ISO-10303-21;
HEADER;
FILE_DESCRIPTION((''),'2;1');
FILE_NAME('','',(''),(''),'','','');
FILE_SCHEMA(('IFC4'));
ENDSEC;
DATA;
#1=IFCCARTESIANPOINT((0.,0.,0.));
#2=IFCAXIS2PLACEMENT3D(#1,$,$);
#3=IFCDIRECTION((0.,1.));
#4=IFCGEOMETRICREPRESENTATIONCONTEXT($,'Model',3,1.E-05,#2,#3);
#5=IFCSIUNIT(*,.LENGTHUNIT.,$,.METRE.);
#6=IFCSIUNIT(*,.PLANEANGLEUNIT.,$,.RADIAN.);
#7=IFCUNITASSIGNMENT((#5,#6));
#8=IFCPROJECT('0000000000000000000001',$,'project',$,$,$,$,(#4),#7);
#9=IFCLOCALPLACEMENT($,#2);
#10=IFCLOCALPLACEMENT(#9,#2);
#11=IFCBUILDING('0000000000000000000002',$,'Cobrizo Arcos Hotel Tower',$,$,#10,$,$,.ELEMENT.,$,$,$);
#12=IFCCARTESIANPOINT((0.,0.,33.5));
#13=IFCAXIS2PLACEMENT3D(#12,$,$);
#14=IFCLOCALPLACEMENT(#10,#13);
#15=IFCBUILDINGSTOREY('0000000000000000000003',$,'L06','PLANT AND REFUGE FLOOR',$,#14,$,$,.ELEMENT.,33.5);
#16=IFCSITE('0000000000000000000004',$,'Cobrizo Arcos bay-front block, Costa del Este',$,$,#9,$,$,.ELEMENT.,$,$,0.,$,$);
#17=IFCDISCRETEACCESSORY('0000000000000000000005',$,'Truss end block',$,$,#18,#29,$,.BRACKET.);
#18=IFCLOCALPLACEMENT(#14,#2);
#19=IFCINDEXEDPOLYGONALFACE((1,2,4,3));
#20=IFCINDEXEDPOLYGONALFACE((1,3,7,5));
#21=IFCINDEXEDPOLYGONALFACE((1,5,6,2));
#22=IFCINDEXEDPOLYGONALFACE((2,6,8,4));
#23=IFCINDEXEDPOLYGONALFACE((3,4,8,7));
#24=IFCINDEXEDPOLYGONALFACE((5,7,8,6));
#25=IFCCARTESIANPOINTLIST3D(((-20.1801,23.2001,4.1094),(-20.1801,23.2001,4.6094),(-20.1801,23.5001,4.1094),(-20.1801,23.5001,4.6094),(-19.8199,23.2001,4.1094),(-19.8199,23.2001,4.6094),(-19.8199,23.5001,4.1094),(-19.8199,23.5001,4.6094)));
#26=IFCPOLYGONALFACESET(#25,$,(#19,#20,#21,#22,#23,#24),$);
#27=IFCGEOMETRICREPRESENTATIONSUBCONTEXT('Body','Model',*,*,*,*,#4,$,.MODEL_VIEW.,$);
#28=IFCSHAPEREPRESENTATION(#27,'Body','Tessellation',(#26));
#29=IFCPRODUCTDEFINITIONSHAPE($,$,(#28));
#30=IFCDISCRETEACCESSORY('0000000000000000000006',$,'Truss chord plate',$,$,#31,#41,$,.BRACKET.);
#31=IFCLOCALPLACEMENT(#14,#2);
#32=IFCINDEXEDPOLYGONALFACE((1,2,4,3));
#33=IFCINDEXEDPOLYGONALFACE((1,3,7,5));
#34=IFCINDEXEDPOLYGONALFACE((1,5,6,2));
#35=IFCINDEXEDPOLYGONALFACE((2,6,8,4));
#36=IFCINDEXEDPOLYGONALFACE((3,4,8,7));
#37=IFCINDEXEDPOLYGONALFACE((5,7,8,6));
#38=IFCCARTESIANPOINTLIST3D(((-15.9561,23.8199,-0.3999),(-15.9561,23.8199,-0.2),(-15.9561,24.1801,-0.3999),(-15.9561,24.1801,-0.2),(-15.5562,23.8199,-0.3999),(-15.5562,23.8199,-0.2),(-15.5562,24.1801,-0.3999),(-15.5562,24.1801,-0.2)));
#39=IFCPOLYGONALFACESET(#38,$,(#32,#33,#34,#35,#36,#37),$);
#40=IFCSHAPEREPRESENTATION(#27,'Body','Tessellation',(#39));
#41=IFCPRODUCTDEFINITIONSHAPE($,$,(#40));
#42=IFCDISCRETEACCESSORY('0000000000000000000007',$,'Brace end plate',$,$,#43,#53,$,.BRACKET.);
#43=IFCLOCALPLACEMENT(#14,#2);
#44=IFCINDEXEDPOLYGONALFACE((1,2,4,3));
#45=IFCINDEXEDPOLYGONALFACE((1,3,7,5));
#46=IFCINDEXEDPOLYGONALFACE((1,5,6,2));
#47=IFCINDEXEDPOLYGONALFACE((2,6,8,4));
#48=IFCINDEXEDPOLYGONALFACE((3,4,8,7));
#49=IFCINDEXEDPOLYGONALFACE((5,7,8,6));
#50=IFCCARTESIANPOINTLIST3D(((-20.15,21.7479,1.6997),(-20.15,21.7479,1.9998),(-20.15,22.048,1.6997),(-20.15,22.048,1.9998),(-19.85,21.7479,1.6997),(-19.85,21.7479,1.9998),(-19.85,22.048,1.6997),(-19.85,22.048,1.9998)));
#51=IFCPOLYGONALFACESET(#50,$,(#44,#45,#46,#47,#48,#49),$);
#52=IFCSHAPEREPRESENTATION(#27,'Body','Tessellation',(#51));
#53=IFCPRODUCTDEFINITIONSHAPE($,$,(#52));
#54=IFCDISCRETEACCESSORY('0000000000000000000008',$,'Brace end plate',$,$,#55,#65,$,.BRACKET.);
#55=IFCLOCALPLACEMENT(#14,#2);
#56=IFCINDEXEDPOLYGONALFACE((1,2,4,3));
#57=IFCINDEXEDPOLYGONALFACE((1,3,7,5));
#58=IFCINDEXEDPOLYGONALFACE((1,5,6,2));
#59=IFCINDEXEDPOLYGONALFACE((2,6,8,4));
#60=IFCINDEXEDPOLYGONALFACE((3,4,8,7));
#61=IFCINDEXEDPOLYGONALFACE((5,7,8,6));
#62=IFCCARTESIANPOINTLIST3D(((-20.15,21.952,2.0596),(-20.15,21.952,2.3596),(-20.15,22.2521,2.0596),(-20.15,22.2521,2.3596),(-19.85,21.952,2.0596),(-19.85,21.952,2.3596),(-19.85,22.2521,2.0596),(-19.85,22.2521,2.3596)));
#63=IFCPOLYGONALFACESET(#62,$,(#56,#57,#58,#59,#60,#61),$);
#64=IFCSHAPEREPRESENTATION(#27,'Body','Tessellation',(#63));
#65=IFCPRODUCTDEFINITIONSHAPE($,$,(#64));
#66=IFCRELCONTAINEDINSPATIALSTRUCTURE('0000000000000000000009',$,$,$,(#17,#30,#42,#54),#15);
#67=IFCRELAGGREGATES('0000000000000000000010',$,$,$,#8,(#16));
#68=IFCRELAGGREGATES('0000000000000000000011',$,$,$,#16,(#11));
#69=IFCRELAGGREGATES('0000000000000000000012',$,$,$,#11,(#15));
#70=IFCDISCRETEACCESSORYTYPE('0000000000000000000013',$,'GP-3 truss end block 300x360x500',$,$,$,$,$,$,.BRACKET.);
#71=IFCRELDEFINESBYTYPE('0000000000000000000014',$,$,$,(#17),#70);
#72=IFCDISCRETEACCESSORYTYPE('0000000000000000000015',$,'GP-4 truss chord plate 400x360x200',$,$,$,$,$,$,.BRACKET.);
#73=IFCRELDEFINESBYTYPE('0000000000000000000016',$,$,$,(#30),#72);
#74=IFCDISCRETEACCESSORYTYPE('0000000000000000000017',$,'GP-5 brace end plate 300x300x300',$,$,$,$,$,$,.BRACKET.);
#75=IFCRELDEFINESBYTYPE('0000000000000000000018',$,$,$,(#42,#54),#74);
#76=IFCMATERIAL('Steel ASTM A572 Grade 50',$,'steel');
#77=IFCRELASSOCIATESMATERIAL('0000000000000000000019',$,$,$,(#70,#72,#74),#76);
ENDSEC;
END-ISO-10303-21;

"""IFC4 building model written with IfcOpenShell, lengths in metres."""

from ifc_helpers import new_model, si_unit, direction, frame, origin, origin_2d, place, context, subcontext, project, spatial, rectangle, extrude, material, type_object, element, save


model = new_model("IFC4")

# Units and contexts
model_context = context("Model", 3, precision=1e-05, world=origin(), true_north=direction((0.0, 1.0)))
body_context = subcontext(model_context, "Body", "Model", "MODEL_VIEW")
ifc_project = project(units=[si_unit("LENGTHUNIT", "METRE"), si_unit("PLANEANGLEUNIT", "RADIAN")], contexts=[model_context])

# Site, building, storey
site_placement = place(None, origin())
site = spatial("IfcSite", under=ifc_project, at=site_placement, Name="Cobrizo Arcos bay-front block, Costa del Este", CompositionType="ELEMENT", RefElevation=0.0)
building_placement = place(site_placement, origin())
building = spatial("IfcBuilding", under=site, at=building_placement, Name="Cobrizo Arcos Hotel Tower", CompositionType="ELEMENT")
storey_placement = place(building_placement, frame((0.0, 0.0, 33.5)))
storey = spatial("IfcBuildingStorey", under=building, at=storey_placement, Name="L06", Description="PLANT AND REFUGE FLOOR", CompositionType="ELEMENT", Elevation=33.5)

# Shared definitions
ifc_material_1 = material(Name="Steel ASTM A572 Grade 50", Category="steel")

# Discrete accessories
discrete_accessory_type_1 = type_object("IfcDiscreteAccessoryType", Name="GP-3 truss end block 300x360x500", PredefinedType="BRACKET", material=ifc_material_1)
for number, where, z_axis, x_axis, name in (
    (1, (-20.0, 23.3501, 4.1094), (0.0, 0.0, 1.0), (0.0, -1.0, 0.0), "Truss end block"),
):
    element("IfcDiscreteAccessory", number, at=place(storey_placement, frame(where, z_axis=z_axis, x_axis=x_axis)), inside=storey, type_object=discrete_accessory_type_1, Name=name, PredefinedType="BRACKET", context=body_context, shape_type="SweptSolid", body=[
        extrude(rectangle(XDim=0.3, YDim=0.3601, at=origin_2d()), origin(), (0.0, 0.0, 1.0), 0.5),
    ])
discrete_accessory_type_2 = type_object("IfcDiscreteAccessoryType", Name="GP-4 truss chord plate 400x360x200", PredefinedType="BRACKET", material=ifc_material_1)
discrete_accessory_1_placement = place(storey_placement, frame((-15.7561, 24.0, -0.3999), z_axis=(0.0, 0.0, 1.0), x_axis=(-1.0, 0.0, 0.0)))
element("IfcDiscreteAccessory", 2, at=discrete_accessory_1_placement, inside=storey, type_object=discrete_accessory_type_2, Name="Truss chord plate", PredefinedType="BRACKET", context=body_context, shape_type="SweptSolid", body=[
    extrude(rectangle(XDim=0.3999, YDim=0.3601, at=origin_2d()), origin(), (0.0, 0.0, 1.0), 0.2),
])
discrete_accessory_type_3 = type_object("IfcDiscreteAccessoryType", Name="GP-5 brace end plate 300x300x300", PredefinedType="BRACKET", material=ifc_material_1)
for number, where, z_axis, x_axis, name in (
    (3, (-20.0, 21.8979, 1.6997), (0.0, 0.0, 1.0), (1.0, 0.0, 0.0), "Brace end plate"),
    (4, (-20.0, 22.1021, 2.0596), (0.0, 0.0, 1.0), (1.0, 0.0, 0.0), "Brace end plate"),
):
    element("IfcDiscreteAccessory", number, at=place(storey_placement, frame(where, z_axis=z_axis, x_axis=x_axis)), inside=storey, type_object=discrete_accessory_type_3, Name=name, PredefinedType="BRACKET", context=body_context, shape_type="SweptSolid", body=[
        extrude(rectangle(XDim=0.3, YDim=0.3, at=origin_2d()), origin(), (0.0, 0.0, 1.0), 0.3),
    ])

save(model, "model.ifc")
